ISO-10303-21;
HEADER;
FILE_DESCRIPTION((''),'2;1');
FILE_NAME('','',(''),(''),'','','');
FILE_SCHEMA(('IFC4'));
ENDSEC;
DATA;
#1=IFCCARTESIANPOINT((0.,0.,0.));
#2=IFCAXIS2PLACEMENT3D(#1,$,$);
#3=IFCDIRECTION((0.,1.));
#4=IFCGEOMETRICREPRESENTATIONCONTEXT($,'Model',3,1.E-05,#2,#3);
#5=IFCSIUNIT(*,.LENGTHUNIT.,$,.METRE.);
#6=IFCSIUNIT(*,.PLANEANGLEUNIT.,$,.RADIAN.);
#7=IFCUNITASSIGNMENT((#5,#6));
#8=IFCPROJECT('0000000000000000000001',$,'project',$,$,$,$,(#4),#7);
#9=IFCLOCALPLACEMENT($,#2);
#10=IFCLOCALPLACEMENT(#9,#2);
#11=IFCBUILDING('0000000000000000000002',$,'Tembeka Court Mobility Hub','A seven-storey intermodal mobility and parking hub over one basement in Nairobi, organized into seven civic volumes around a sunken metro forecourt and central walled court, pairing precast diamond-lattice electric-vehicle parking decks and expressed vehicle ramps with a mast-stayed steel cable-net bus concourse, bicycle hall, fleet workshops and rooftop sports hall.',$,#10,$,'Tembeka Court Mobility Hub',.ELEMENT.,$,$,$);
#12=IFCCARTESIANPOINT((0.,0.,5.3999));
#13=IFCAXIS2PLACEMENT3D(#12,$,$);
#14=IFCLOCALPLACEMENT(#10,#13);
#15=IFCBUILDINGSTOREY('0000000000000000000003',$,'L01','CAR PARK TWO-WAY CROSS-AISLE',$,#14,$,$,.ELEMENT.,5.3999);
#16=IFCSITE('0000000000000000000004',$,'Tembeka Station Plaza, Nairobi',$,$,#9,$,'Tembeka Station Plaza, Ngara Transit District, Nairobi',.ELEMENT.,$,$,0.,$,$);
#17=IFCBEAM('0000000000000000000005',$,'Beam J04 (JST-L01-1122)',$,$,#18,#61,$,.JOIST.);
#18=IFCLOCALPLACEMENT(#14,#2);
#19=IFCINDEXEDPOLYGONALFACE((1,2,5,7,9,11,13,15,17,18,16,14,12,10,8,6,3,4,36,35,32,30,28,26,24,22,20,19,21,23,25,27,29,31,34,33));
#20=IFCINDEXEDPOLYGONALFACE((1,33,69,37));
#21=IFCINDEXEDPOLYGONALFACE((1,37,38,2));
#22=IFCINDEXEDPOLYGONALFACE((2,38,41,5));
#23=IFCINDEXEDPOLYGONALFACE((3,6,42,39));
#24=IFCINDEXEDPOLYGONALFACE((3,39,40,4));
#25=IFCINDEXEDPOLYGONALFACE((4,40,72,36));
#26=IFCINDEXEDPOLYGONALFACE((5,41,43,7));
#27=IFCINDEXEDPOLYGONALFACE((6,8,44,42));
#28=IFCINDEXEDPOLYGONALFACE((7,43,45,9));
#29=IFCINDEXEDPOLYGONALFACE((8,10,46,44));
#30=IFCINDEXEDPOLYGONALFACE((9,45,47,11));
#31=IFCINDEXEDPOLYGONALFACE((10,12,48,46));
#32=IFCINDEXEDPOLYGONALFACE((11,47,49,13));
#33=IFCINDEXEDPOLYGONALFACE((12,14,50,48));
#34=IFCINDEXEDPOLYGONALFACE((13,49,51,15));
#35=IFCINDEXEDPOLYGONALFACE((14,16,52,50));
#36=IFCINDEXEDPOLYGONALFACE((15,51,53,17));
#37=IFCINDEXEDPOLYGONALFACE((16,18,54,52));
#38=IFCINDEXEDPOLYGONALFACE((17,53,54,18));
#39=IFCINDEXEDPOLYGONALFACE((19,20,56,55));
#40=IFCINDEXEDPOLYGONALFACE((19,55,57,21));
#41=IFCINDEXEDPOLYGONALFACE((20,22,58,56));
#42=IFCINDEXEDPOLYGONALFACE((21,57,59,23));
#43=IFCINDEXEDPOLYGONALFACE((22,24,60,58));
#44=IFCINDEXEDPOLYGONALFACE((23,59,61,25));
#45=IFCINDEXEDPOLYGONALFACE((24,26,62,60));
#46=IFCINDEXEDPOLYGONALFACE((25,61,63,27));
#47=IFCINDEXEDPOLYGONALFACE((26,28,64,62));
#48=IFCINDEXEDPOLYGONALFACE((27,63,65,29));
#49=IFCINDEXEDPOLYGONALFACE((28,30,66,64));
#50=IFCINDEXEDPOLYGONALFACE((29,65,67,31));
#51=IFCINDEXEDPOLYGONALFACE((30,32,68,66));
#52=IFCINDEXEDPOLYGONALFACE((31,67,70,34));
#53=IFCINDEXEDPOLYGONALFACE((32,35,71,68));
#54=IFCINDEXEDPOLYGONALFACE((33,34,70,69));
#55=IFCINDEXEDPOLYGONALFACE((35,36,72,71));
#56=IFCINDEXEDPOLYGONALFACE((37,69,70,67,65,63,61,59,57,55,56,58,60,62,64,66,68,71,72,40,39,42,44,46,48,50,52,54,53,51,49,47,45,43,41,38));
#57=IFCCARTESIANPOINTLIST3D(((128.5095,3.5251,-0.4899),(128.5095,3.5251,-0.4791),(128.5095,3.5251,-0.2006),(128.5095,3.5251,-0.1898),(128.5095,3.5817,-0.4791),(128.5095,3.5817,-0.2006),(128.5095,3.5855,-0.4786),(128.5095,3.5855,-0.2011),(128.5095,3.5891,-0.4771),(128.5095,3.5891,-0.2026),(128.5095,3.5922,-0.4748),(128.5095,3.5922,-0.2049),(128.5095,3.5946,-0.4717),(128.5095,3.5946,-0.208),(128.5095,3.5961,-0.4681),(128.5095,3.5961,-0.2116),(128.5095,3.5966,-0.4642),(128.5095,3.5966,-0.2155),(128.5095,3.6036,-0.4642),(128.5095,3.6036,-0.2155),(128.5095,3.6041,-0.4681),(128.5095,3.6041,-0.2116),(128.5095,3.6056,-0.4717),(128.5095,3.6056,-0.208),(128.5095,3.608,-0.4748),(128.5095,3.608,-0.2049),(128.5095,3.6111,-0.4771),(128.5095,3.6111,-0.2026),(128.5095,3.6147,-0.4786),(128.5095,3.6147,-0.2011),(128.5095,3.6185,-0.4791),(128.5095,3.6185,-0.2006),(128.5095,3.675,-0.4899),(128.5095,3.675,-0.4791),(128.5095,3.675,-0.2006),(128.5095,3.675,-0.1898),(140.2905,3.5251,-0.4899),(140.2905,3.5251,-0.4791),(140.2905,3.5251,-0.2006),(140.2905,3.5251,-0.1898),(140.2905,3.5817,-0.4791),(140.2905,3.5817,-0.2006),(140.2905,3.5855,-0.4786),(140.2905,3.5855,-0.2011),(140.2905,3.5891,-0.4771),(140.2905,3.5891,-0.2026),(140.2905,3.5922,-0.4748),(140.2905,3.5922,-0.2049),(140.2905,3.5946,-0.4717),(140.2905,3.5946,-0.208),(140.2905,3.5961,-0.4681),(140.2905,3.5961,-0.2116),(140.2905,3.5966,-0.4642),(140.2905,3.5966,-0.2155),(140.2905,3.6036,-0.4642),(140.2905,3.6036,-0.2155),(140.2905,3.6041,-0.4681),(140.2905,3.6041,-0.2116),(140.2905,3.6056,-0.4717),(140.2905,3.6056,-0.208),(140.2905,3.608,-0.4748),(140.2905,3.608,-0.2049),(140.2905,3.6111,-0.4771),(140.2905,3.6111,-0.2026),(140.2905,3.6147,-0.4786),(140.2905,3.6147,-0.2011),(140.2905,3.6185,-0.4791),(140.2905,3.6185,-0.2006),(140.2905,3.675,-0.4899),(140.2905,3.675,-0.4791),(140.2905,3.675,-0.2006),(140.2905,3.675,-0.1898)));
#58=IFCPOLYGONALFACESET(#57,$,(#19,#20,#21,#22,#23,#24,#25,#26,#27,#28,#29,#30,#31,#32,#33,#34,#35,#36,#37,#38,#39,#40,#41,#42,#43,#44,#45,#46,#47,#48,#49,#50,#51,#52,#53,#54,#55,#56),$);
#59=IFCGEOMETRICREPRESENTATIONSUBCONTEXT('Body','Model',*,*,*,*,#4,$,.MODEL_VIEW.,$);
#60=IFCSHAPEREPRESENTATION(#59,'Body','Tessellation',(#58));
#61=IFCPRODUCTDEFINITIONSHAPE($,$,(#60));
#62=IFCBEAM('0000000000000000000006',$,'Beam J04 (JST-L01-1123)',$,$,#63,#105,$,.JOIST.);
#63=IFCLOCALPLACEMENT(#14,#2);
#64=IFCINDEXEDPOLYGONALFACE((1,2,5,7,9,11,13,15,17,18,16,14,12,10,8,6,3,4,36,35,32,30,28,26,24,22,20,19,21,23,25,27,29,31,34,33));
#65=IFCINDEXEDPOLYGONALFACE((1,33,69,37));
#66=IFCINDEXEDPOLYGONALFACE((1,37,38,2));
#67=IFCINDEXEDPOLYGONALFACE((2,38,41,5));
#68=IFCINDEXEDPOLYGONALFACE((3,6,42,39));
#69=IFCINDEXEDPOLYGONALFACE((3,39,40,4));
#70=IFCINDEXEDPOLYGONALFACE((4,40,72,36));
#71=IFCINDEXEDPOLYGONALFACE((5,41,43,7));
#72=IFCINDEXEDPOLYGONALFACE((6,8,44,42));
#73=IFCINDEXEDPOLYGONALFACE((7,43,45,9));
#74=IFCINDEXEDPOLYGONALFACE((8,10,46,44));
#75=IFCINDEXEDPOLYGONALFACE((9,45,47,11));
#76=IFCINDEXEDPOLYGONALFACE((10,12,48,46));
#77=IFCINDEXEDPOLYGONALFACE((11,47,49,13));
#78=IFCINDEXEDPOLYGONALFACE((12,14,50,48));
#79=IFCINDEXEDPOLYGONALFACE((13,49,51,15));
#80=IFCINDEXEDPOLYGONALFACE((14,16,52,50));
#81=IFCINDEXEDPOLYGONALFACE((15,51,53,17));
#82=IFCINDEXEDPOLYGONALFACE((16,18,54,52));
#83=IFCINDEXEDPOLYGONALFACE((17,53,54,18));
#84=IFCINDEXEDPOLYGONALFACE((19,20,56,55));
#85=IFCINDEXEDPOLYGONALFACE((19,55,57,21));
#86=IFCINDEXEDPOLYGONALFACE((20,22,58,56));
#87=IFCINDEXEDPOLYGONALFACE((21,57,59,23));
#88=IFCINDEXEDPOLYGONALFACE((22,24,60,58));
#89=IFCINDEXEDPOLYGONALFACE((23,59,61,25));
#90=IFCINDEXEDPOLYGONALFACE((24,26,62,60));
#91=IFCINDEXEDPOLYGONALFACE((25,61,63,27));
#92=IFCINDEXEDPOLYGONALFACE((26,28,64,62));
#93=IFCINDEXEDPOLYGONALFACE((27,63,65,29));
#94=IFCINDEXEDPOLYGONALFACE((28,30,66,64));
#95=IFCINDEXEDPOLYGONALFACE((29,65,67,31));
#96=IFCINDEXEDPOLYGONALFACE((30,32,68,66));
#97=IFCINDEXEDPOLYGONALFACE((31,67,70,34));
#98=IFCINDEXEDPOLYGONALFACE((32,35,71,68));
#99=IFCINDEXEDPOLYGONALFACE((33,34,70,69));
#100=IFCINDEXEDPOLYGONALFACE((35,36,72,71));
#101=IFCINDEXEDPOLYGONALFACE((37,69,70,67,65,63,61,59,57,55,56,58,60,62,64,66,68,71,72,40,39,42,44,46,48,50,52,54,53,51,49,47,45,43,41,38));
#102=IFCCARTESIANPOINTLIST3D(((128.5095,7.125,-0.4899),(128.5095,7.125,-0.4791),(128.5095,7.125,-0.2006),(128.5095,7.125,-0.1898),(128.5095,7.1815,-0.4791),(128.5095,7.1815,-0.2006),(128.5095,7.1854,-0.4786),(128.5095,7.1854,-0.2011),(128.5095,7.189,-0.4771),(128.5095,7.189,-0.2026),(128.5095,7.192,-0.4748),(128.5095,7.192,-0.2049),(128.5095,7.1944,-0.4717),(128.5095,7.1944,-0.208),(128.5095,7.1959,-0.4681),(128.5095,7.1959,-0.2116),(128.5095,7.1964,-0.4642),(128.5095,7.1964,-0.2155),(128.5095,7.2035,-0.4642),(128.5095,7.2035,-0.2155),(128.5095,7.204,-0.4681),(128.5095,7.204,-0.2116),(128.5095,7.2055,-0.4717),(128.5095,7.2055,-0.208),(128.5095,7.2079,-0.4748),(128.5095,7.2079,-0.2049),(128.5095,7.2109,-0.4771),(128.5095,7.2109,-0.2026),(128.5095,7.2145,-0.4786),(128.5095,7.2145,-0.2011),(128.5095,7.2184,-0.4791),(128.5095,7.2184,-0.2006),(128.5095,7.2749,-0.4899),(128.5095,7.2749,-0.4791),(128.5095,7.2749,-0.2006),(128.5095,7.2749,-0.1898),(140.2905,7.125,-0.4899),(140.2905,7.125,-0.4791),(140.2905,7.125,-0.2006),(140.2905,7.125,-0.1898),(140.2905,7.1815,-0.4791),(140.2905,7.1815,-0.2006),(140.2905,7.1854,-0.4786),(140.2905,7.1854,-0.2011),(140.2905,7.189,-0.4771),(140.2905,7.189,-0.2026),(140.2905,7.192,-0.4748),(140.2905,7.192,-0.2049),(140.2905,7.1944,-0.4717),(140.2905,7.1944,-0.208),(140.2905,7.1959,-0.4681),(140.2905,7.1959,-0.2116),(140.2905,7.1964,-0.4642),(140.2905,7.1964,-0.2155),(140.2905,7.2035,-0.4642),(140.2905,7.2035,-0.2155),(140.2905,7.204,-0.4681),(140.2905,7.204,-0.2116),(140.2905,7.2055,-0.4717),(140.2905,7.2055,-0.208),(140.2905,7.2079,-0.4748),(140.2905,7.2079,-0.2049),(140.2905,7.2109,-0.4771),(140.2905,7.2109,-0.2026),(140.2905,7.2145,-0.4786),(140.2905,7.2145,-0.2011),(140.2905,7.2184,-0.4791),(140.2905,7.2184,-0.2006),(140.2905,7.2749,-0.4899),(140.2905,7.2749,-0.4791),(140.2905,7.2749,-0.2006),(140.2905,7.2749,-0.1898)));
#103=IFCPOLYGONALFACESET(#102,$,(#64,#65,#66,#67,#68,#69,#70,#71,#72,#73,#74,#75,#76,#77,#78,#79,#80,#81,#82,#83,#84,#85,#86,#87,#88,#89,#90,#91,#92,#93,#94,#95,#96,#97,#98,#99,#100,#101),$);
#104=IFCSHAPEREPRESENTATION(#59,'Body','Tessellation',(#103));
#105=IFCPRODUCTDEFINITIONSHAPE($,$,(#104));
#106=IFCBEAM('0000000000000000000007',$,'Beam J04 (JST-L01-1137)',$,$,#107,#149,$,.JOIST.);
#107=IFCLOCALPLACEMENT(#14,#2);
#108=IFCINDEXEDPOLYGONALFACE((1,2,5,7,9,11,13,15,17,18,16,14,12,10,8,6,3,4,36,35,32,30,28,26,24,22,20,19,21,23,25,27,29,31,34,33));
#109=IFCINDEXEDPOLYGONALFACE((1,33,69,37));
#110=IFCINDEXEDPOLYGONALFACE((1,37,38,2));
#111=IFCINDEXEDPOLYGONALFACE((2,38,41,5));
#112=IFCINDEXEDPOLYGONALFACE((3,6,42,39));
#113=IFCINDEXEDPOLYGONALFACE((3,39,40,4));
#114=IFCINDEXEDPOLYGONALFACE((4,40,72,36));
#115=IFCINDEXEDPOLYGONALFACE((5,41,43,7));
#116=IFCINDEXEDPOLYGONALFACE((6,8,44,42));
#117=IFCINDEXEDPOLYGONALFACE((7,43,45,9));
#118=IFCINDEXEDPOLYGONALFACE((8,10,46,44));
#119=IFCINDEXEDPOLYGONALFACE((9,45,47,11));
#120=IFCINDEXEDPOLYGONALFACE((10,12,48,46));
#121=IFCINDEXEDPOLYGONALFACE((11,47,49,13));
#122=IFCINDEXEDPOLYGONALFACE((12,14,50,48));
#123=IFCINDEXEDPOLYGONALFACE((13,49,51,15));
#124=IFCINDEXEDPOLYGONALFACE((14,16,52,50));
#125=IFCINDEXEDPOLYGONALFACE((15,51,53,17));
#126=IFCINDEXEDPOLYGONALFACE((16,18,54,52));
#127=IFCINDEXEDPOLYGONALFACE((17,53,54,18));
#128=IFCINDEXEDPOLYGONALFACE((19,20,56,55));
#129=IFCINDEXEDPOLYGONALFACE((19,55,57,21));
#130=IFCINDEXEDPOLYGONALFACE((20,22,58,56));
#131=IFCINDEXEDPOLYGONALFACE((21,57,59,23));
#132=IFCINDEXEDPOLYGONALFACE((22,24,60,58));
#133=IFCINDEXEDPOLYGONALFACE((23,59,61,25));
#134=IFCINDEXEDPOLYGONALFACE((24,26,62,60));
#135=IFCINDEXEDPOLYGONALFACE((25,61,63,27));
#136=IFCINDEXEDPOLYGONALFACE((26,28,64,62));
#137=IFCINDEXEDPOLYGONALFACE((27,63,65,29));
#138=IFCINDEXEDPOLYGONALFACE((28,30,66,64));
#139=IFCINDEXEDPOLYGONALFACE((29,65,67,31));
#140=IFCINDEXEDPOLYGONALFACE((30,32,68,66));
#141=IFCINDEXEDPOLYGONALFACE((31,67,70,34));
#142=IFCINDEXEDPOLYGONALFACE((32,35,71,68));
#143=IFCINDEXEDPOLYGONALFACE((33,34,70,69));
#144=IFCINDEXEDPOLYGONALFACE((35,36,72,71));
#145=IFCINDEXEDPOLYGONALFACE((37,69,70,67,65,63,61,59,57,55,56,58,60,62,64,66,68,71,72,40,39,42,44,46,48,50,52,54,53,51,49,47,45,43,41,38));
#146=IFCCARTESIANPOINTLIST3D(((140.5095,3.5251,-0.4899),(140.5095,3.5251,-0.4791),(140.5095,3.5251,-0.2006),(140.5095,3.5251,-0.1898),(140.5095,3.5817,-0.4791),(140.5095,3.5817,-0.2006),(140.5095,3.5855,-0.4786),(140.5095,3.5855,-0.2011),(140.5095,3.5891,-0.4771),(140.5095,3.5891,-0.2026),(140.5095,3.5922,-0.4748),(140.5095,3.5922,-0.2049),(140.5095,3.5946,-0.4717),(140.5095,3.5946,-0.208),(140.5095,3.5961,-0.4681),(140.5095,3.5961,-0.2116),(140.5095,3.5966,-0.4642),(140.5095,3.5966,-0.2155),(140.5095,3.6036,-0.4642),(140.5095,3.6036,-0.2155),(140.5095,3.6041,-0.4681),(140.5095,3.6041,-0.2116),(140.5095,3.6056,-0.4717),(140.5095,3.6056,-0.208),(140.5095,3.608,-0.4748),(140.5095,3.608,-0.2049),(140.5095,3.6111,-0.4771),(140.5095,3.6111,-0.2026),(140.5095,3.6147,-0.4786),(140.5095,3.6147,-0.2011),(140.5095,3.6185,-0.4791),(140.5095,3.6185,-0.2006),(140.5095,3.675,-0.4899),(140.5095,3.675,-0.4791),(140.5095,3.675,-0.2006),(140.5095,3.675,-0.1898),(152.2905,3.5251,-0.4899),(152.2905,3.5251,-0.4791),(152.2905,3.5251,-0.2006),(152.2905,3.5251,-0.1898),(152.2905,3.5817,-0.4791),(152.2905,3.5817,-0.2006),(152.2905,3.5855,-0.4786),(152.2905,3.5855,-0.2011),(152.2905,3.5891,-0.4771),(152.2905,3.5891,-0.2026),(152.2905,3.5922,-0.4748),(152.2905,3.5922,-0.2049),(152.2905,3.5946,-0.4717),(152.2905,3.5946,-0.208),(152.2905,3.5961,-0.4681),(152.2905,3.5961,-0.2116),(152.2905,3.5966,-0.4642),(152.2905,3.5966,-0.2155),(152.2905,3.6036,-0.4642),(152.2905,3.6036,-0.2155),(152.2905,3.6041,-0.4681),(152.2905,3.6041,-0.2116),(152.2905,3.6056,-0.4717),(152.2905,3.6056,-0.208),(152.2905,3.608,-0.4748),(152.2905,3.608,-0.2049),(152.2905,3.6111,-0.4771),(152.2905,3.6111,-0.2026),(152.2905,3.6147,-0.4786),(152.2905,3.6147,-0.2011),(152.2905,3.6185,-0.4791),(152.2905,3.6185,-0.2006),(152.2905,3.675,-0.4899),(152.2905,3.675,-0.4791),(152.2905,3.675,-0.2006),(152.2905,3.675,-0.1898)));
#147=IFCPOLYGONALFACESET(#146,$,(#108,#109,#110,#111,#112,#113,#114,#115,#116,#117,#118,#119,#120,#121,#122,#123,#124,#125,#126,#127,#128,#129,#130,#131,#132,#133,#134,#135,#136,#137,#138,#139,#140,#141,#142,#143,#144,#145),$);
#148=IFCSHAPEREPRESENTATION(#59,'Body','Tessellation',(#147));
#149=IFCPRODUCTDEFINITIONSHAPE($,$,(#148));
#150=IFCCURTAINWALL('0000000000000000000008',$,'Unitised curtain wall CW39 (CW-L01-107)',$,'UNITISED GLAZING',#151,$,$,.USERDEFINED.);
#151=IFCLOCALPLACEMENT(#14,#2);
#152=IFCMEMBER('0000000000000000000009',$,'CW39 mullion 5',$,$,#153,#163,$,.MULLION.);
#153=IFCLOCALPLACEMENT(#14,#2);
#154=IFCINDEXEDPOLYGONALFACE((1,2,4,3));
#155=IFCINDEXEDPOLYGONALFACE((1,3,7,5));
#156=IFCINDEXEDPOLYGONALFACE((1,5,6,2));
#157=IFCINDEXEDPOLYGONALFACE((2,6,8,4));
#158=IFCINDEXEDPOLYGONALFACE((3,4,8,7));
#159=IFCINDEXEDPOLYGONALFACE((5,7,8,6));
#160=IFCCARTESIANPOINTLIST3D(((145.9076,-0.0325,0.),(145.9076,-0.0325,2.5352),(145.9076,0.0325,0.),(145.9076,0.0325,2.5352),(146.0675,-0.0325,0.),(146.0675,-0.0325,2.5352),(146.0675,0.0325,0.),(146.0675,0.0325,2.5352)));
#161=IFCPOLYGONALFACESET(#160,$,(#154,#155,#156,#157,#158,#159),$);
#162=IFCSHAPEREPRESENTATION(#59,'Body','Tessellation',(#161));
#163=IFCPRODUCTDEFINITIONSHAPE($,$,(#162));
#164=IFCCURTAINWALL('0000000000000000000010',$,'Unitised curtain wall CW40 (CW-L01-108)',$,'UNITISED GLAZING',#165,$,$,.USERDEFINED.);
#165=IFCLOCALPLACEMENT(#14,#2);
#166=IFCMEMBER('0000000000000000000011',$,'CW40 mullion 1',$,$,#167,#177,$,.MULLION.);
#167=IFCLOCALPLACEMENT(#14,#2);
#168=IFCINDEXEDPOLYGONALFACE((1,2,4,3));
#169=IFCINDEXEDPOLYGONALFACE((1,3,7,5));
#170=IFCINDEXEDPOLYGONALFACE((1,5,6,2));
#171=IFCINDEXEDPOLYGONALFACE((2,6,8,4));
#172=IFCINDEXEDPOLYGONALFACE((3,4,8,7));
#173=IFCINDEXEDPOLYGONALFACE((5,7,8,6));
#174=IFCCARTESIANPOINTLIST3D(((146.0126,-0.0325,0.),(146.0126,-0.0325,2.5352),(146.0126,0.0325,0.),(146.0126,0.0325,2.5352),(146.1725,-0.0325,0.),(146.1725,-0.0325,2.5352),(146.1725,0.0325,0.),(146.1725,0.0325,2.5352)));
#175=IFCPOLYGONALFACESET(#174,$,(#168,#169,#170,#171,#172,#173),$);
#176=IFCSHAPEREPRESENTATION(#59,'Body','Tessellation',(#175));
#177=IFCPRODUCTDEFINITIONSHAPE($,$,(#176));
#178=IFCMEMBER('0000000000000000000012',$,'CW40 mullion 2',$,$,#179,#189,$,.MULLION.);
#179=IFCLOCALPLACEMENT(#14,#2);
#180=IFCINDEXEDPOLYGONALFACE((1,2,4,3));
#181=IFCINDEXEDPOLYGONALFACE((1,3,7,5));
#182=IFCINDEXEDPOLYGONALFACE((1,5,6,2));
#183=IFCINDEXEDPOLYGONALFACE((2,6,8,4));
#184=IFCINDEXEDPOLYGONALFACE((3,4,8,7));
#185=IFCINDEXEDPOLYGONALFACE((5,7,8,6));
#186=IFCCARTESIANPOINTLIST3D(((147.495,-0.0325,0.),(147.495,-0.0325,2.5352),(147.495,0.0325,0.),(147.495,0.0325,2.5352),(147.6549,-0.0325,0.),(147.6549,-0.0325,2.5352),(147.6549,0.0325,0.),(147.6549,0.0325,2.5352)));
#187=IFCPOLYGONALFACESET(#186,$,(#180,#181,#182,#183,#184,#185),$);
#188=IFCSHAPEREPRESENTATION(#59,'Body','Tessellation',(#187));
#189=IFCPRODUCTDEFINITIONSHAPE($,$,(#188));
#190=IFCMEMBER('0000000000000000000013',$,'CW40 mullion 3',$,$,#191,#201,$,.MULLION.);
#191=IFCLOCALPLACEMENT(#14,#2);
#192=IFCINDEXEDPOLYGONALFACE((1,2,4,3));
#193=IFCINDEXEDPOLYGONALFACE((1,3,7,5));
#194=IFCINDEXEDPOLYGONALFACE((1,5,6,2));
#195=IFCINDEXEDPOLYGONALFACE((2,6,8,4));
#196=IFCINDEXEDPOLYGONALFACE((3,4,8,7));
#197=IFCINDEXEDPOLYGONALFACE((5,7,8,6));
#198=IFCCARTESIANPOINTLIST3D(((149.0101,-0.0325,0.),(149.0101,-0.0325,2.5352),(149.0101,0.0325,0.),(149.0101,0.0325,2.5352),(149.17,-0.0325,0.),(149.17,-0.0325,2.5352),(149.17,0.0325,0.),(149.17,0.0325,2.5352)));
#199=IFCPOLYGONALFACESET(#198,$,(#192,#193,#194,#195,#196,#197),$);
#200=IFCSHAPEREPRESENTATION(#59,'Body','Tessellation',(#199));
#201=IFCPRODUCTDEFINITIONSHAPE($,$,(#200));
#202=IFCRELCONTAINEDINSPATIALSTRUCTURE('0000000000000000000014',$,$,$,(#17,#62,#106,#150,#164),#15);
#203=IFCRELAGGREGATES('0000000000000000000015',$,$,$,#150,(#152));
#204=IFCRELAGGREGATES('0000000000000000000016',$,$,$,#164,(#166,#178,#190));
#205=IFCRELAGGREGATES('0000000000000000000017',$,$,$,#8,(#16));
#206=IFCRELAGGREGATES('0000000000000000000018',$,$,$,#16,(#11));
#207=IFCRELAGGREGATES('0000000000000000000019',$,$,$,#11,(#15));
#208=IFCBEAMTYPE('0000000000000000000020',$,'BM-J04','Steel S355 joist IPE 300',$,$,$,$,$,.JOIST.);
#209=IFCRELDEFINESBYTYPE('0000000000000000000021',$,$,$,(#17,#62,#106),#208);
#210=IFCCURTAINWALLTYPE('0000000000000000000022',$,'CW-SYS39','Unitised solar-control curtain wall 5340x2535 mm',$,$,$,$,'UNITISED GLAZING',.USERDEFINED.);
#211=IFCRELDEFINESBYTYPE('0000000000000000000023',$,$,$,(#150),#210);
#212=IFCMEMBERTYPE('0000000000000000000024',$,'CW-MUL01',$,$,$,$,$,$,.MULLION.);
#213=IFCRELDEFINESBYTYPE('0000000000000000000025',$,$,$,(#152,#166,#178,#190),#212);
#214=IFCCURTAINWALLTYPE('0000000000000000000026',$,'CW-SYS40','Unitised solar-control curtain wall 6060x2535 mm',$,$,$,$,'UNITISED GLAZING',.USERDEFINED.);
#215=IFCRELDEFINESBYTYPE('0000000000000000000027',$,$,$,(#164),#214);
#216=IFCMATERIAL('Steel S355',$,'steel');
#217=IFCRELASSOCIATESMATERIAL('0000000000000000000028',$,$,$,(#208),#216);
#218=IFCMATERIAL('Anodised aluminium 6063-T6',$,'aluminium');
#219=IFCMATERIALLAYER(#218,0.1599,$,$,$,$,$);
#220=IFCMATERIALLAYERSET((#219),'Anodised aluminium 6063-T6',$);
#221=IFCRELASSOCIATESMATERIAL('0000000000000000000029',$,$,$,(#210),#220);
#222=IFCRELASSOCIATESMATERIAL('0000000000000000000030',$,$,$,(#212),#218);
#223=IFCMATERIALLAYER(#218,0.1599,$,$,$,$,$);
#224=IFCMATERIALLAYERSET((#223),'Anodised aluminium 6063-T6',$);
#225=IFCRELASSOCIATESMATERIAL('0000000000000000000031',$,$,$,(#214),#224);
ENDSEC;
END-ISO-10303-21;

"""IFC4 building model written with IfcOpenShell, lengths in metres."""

from ifc_helpers import new_model, si_unit, direction, frame, origin, origin_2d, place, context, subcontext, project, spatial, rectangle, i_section, extrude, material, layer, layer_set, material_profile, profile_set, type_object, element, aggregate, save


model = new_model("IFC4")

# Units and contexts
model_context = context("Model", 3, precision=1e-05, world=origin(), true_north=direction((0.0, 1.0)))
body_context = subcontext(model_context, "Body", "Model", "MODEL_VIEW")
ifc_project = project(units=[si_unit("LENGTHUNIT", "METRE"), si_unit("PLANEANGLEUNIT", "RADIAN")], contexts=[model_context])

# Site, building, storey
site_placement = place(None, origin())
site = spatial("IfcSite", under=ifc_project, at=site_placement, Name="Tembeka Station Plaza, Nairobi", LongName="Tembeka Station Plaza, Ngara Transit District, Nairobi", CompositionType="ELEMENT", RefElevation=0.0)
building_placement = place(site_placement, origin())
building = spatial("IfcBuilding", under=site, at=building_placement, Name="Tembeka Court Mobility Hub", Description="A seven-storey intermodal mobility and parking hub over one basement in Nairobi, organized into seven civic volumes around a sunken metro forecourt and central walled court, pairing precast diamond-lattice electric-vehicle parking decks and expressed vehicle ramps with a mast-stayed steel cable-net bus concourse, bicycle hall, fleet workshops and rooftop sports hall.", LongName="Tembeka Court Mobility Hub", CompositionType="ELEMENT")
storey_placement = place(building_placement, frame((0.0, 0.0, 5.3999)))
storey = spatial("IfcBuildingStorey", under=building, at=storey_placement, Name="L01", Description="CAR PARK TWO-WAY CROSS-AISLE", CompositionType="ELEMENT", Elevation=5.3999)

# Beams
ifc_material_1 = material(Name="Steel S355", Category="steel")
ifc_material_profile_1 = material_profile(ifc_material_1, i_section(OverallWidth=0.1499, OverallDepth=0.3, WebThickness=0.0071, FlangeThickness=0.0107, FilletRadius=0.0149, at=origin_2d()), Name="IPE 300")
ifc_profile_set_1 = profile_set([ifc_material_profile_1], Name="Steel S355")
beam_type = type_object("IfcBeamType", Name="BM-J04", Description="Steel S355 joist IPE 300", PredefinedType="JOIST", material=ifc_profile_set_1)
for number, where, z_axis, x_axis, name in (
    (1, (128.5095, 3.6001, -0.3398), (1.0, 0.0, 0.0), (0.0, 1.0, 0.0), "Beam J04 (JST-L01-1122)"),
    (2, (128.5095, 7.2, -0.3398), (1.0, 0.0, 0.0), (0.0, 1.0, 0.0), "Beam J04 (JST-L01-1123)"),
    (3, (140.5095, 3.6001, -0.3398), (1.0, 0.0, 0.0), (0.0, 1.0, 0.0), "Beam J04 (JST-L01-1137)"),
):
    element("IfcBeam", number, at=place(storey_placement, frame(where, z_axis=z_axis, x_axis=x_axis)), inside=storey, type_object=beam_type, Name=name, PredefinedType="JOIST", context=body_context, shape_type="SweptSolid", body=[
        extrude(i_section(OverallWidth=0.1499, OverallDepth=0.3, WebThickness=0.0071, FlangeThickness=0.0107, FilletRadius=0.0149, at=origin_2d()), origin(), (0.0, 0.0, 1.0), 11.781),
    ])

# Curtain wall, member
ifc_material_2 = material(Name="Anodised aluminium 6063-T6", Category="aluminium")
ifc_layer_1 = layer(ifc_material_2, 0.1599)
ifc_layer_set_1 = layer_set([ifc_layer_1], Name="Anodised aluminium 6063-T6")
curtain_wall_type_1 = type_object("IfcCurtainWallType", Name="CW-SYS39", Description="Unitised solar-control curtain wall 5340x2535 mm", ElementType="UNITISED GLAZING", PredefinedType="USERDEFINED", material=ifc_layer_set_1)
curtain_wall_1_placement = place(storey_placement, origin())
curtain_wall_1 = element("IfcCurtainWall", 4, at=curtain_wall_1_placement, inside=storey, type_object=curtain_wall_type_1, Name="Unitised curtain wall CW39 (CW-L01-107)", ObjectType="UNITISED GLAZING", PredefinedType="USERDEFINED")
ifc_material_profile_2 = material_profile(ifc_material_2, rectangle(XDim=0.0649, YDim=0.1599, at=origin_2d()), Name="ALU-MUL 65x160")
ifc_profile_set_2 = profile_set([ifc_material_profile_2], Name="Anodised aluminium 6063-T6")
member_type_1 = type_object("IfcMemberType", Name="CW-MUL01", PredefinedType="MULLION", material=ifc_profile_set_2)
member_1_placement = place(storey_placement, frame((145.9875, 0.0, 0.0), z_axis=(0.0, 0.0, 1.0), x_axis=(0.0, 1.0, 0.0)))
member_1 = element("IfcMember", 5, at=member_1_placement, type_object=member_type_1, Name="CW39 mullion 5", PredefinedType="MULLION", context=body_context, shape_type="SweptSolid", body=[
    extrude(rectangle(XDim=0.0649, YDim=0.1599, at=origin_2d()), origin(), (0.0, 0.0, 1.0), 2.5352),
])

# Curtain wall, members
ifc_layer_2 = layer(ifc_material_2, 0.1599)
ifc_layer_set_2 = layer_set([ifc_layer_2], Name="Anodised aluminium 6063-T6")
curtain_wall_type_2 = type_object("IfcCurtainWallType", Name="CW-SYS40", Description="Unitised solar-control curtain wall 6060x2535 mm", ElementType="UNITISED GLAZING", PredefinedType="USERDEFINED", material=ifc_layer_set_2)
curtain_wall_2_placement = place(storey_placement, origin())
curtain_wall_2 = element("IfcCurtainWall", 6, at=curtain_wall_2_placement, inside=storey, type_object=curtain_wall_type_2, Name="Unitised curtain wall CW40 (CW-L01-108)", ObjectType="UNITISED GLAZING", PredefinedType="USERDEFINED")
member_2_placement = place(storey_placement, frame((146.0925, 0.0, 0.0), z_axis=(0.0, 0.0, 1.0), x_axis=(0.0, 1.0, 0.0)))
member_2 = element("IfcMember", 7, at=member_2_placement, type_object=member_type_1, Name="CW40 mullion 1", PredefinedType="MULLION", context=body_context, shape_type="SweptSolid", body=[
    extrude(rectangle(XDim=0.0649, YDim=0.1599, at=origin_2d()), origin(), (0.0, 0.0, 1.0), 2.5352),
])
member_3_placement = place(storey_placement, frame((147.575, 0.0, 0.0), z_axis=(0.0, 0.0, 1.0), x_axis=(0.0, 1.0, 0.0)))
member_3 = element("IfcMember", 8, at=member_3_placement, type_object=member_type_1, Name="CW40 mullion 2", PredefinedType="MULLION", context=body_context, shape_type="SweptSolid", body=[
    extrude(rectangle(XDim=0.0649, YDim=0.1599, at=origin_2d()), origin(), (0.0, 0.0, 1.0), 2.5352),
])
member_4_placement = place(storey_placement, frame((149.0901, 0.0, 0.0), z_axis=(0.0, 0.0, 1.0), x_axis=(0.0, 1.0, 0.0)))
member_4 = element("IfcMember", 9, at=member_4_placement, type_object=member_type_1, Name="CW40 mullion 3", PredefinedType="MULLION", context=body_context, shape_type="SweptSolid", body=[
    extrude(rectangle(XDim=0.0649, YDim=0.1599, at=origin_2d()), origin(), (0.0, 0.0, 1.0), 2.5352),
])

aggregate(curtain_wall_1, [member_1])
aggregate(curtain_wall_2, [member_2, member_3, member_4])

save(model, "model.ifc")
